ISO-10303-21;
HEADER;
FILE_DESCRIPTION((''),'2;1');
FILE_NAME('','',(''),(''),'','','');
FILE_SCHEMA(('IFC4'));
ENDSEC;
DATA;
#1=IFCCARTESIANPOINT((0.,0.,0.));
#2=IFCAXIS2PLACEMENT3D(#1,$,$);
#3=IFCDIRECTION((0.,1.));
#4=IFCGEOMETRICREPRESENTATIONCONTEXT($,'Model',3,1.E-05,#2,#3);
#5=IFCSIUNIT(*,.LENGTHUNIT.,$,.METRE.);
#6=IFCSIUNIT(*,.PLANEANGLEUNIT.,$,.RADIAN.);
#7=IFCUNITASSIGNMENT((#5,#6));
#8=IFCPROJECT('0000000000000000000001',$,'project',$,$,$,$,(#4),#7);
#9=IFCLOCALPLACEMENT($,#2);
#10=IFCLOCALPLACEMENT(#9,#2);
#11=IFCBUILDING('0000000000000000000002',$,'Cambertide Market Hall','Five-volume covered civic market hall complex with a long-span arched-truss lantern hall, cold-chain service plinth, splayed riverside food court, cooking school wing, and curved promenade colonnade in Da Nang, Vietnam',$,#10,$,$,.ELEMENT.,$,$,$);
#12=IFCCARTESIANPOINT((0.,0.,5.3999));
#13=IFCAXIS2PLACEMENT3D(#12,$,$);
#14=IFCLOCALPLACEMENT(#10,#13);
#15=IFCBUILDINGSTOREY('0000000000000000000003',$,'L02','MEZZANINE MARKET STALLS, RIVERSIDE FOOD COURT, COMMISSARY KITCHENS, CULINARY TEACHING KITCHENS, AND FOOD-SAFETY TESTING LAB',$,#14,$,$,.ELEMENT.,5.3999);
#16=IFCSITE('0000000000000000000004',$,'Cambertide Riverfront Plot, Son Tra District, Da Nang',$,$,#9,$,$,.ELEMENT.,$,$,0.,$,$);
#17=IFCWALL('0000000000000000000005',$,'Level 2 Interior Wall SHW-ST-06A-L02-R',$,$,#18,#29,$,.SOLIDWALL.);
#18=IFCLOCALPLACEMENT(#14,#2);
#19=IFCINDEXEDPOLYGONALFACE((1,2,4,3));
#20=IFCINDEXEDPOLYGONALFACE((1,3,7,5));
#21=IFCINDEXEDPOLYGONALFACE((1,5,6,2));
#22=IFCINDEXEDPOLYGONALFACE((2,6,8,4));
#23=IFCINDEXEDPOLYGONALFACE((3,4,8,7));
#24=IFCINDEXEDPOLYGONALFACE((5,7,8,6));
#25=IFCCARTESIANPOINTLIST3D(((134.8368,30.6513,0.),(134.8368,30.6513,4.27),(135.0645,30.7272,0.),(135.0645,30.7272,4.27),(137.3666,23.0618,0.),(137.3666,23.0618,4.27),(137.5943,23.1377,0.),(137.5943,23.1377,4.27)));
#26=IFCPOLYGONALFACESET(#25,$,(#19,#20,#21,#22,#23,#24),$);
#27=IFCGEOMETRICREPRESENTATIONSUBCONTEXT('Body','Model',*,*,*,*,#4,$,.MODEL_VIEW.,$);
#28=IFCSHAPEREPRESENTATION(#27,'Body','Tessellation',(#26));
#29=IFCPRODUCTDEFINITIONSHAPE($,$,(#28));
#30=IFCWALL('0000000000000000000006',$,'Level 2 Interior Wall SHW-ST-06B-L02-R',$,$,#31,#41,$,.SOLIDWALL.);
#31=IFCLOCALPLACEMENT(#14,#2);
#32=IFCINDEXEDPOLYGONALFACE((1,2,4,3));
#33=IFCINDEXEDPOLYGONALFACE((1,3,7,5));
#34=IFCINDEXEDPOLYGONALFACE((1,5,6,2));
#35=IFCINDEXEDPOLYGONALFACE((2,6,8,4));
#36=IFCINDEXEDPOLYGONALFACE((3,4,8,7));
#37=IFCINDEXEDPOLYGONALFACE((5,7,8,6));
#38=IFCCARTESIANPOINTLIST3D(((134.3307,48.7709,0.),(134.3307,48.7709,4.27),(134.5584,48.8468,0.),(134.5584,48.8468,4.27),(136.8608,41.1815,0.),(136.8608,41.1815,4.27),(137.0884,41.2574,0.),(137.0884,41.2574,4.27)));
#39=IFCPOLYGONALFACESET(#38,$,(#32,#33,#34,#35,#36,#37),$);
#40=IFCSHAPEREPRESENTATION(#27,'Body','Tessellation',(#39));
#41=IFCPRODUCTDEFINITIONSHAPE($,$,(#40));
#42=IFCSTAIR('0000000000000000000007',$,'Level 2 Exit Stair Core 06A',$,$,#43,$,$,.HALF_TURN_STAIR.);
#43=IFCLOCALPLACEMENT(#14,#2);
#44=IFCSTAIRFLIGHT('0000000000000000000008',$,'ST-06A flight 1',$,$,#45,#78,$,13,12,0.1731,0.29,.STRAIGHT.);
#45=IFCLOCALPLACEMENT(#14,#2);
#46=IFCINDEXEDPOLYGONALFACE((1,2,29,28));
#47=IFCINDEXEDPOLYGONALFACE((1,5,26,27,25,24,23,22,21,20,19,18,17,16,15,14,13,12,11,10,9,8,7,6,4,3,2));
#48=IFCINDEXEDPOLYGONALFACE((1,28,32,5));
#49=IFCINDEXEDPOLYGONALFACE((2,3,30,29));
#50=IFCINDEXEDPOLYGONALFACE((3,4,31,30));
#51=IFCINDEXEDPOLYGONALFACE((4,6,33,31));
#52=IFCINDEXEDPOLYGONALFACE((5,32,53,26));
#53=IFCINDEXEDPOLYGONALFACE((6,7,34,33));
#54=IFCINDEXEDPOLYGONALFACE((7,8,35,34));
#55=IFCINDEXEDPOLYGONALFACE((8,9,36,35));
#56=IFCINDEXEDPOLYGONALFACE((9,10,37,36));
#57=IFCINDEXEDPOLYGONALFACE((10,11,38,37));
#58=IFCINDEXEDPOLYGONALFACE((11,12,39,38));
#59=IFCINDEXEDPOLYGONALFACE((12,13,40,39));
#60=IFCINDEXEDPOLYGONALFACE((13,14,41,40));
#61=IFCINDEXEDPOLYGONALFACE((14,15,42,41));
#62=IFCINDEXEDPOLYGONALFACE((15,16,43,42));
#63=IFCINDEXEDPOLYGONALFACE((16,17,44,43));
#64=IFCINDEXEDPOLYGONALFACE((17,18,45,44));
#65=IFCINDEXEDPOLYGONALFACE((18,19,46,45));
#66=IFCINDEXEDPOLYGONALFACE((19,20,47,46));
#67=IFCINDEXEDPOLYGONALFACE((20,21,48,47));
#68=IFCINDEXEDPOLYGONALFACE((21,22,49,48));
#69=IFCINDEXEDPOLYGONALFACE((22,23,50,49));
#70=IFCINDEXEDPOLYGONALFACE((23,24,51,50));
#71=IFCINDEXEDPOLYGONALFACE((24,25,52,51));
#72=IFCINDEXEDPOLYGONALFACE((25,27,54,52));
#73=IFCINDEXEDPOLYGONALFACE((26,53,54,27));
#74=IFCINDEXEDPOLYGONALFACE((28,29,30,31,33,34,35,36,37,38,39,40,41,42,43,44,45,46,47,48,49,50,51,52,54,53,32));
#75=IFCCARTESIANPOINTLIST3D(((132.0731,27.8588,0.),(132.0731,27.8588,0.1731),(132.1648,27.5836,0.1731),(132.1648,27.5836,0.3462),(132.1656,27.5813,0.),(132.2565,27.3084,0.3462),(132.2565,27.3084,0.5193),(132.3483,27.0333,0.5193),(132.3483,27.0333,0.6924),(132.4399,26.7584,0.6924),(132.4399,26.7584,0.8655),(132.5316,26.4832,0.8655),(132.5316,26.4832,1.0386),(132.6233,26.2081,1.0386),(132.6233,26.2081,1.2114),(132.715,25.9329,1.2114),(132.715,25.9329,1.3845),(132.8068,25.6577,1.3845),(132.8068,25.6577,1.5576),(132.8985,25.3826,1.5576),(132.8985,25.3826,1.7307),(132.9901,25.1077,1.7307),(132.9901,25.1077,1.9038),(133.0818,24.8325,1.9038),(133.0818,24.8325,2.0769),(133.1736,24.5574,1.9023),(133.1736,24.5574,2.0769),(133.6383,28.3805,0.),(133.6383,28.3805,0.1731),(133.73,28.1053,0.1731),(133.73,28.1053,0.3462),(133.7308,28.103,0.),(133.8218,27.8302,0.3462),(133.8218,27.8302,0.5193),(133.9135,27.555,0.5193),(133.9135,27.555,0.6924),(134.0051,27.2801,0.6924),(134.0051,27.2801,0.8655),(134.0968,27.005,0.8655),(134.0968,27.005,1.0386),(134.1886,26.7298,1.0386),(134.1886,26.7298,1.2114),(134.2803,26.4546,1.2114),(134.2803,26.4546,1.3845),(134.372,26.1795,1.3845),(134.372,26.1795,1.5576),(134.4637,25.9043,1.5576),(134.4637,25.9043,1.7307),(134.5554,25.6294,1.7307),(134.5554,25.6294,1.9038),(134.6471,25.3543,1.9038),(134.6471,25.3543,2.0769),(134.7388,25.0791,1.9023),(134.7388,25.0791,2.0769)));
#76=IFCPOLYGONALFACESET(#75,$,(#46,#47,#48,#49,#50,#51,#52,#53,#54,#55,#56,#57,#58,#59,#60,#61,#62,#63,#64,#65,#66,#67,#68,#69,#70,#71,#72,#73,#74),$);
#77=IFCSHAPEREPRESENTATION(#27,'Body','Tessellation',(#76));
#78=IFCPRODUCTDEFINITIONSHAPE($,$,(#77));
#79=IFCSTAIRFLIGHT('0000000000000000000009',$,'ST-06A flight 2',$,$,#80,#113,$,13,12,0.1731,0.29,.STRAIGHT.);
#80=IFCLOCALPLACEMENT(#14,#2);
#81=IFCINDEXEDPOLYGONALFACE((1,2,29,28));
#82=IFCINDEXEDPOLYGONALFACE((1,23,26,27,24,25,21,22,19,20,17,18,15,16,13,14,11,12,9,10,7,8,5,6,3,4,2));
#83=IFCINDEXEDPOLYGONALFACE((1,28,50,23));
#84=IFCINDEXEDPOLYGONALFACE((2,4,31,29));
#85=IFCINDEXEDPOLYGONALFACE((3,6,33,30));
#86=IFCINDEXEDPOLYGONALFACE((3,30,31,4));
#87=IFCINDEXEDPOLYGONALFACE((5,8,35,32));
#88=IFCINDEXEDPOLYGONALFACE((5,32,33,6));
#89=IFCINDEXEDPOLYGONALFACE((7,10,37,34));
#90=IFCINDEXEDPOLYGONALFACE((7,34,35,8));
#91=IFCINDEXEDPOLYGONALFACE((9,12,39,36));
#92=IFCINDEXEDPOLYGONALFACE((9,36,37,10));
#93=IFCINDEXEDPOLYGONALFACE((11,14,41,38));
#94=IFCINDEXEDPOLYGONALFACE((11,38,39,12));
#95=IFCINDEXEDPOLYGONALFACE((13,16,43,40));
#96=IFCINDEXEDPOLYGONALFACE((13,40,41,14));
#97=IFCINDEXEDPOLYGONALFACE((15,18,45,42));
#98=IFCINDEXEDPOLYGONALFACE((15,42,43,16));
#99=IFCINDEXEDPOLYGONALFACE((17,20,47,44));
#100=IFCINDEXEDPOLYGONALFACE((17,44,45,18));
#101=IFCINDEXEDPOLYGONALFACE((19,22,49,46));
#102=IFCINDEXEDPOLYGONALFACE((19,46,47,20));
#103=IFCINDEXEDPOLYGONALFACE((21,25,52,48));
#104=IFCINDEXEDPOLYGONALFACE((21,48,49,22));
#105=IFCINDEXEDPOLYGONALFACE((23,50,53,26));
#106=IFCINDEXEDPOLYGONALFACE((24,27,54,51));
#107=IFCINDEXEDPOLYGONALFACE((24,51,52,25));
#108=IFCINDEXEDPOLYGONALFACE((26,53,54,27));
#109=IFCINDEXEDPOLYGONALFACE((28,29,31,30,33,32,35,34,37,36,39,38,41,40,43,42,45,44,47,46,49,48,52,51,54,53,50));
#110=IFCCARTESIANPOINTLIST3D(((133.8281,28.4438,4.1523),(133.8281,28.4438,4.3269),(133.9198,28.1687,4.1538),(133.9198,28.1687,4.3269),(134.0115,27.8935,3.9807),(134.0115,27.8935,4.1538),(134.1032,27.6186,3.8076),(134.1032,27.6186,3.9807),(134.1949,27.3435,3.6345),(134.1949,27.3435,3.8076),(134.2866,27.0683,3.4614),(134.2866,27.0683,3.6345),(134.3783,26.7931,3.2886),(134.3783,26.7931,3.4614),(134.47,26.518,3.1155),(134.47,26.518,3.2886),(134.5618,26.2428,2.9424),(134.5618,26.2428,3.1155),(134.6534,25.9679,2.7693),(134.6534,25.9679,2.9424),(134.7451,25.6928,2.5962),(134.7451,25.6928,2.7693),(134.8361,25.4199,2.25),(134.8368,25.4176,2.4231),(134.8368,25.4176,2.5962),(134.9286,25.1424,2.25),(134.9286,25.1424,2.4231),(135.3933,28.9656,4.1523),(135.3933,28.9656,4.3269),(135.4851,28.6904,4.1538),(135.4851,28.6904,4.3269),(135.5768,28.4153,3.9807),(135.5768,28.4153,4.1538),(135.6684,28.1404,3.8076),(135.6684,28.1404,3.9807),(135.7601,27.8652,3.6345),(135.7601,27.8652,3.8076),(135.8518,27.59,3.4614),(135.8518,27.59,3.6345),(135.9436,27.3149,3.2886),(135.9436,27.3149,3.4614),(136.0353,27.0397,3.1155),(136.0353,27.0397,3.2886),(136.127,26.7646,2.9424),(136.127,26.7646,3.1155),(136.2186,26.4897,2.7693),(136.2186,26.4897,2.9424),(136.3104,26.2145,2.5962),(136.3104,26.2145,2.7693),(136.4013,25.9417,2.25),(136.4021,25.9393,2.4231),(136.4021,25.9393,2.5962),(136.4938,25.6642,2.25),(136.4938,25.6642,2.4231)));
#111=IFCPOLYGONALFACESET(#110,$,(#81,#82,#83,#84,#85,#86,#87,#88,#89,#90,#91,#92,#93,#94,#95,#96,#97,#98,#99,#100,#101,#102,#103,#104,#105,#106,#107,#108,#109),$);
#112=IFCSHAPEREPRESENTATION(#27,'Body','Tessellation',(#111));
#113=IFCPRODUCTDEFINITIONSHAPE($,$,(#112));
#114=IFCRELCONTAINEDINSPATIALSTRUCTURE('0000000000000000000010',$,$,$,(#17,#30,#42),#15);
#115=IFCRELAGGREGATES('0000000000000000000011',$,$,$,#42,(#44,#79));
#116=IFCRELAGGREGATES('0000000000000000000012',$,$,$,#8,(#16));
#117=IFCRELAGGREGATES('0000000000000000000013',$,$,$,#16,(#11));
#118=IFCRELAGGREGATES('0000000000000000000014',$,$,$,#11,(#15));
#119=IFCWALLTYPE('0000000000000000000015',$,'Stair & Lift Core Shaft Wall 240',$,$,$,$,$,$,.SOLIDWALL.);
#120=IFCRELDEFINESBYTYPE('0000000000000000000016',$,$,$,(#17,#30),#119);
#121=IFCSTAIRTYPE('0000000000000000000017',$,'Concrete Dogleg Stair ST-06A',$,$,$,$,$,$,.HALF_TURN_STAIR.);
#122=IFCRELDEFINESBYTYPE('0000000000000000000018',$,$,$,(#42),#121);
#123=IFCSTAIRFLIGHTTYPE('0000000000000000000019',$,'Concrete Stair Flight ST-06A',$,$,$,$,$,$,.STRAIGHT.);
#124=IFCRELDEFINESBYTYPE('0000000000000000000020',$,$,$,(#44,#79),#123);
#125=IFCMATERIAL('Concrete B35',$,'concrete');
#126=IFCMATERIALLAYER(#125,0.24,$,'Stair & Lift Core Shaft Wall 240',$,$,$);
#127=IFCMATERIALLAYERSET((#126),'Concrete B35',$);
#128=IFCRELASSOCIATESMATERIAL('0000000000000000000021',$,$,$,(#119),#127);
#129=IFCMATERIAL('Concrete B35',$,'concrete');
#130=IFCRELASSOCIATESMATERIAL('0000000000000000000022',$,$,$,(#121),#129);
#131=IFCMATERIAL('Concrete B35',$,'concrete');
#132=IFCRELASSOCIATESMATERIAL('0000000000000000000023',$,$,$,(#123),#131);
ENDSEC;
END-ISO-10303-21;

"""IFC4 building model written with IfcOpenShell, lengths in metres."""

from ifc_helpers import new_model, si_unit, direction, frame, frame_2d, origin, place, context, subcontext, project, spatial, polyline, rectangle, outline, extrude, material, layer, layer_set, type_object, element, aggregate, save


model = new_model("IFC4")

# Units and contexts
model_context = context("Model", 3, precision=1e-05, world=origin(), true_north=direction((0.0, 1.0)))
body_context = subcontext(model_context, "Body", "Model", "MODEL_VIEW")
ifc_project = project(units=[si_unit("LENGTHUNIT", "METRE"), si_unit("PLANEANGLEUNIT", "RADIAN")], contexts=[model_context])

# Site, building, storey
site_placement = place(None, origin())
site = spatial("IfcSite", under=ifc_project, at=site_placement, Name="Cambertide Riverfront Plot, Son Tra District, Da Nang", CompositionType="ELEMENT", RefElevation=0.0)
building_placement = place(site_placement, origin())
building = spatial("IfcBuilding", under=site, at=building_placement, Name="Cambertide Market Hall", Description="Five-volume covered civic market hall complex with a long-span arched-truss lantern hall, cold-chain service plinth, splayed riverside food court, cooking school wing, and curved promenade colonnade in Da Nang, Vietnam", CompositionType="ELEMENT")
storey_placement = place(building_placement, frame((0.0, 0.0, 5.3999)))
storey = spatial("IfcBuildingStorey", under=building, at=storey_placement, Name="L02", Description="MEZZANINE MARKET STALLS, RIVERSIDE FOOD COURT, COMMISSARY KITCHENS, CULINARY TEACHING KITCHENS, AND FOOD-SAFETY TESTING LAB", CompositionType="ELEMENT", Elevation=5.3999)

# Walls
ifc_material_1 = material(Name="Concrete B35", Category="concrete")
ifc_layer_1 = layer(ifc_material_1, 0.24, Name="Stair & Lift Core Shaft Wall 240")
ifc_layer_set_1 = layer_set([ifc_layer_1], Name="Concrete B35")
wall_type = type_object("IfcWallType", Name="Stair & Lift Core Shaft Wall 240", PredefinedType="SOLIDWALL", material=ifc_layer_set_1)
for number, where, z_axis, x_axis, name in (
    (1, (134.9507, 30.6892, 0.0), (0.0, 0.0, 1.0), (0.316219, -0.948686, 0.0), "Level 2 Interior Wall SHW-ST-06A-L02-R"),
    (2, (136.9746, 41.2195, 0.0), (0.0, 0.0, 1.0), (-0.316255, 0.948674, 0.0), "Level 2 Interior Wall SHW-ST-06B-L02-R"),
):
    element("IfcWall", number, at=place(storey_placement, frame(where, z_axis=z_axis, x_axis=x_axis)), inside=storey, type_object=wall_type, Name=name, PredefinedType="SOLIDWALL", context=body_context, shape_type="SweptSolid", body=[
        extrude(rectangle(XDim=8.0, YDim=0.24, at=frame_2d((4.0, 0.0))), origin(), (0.0, 0.0, 1.0), 4.27),
    ])

# Stair, stair flights
ifc_material_2 = material(Name="Concrete B35", Category="concrete")
stair_type = type_object("IfcStairType", Name="Concrete Dogleg Stair ST-06A", PredefinedType="HALF_TURN_STAIR", material=ifc_material_2)
stair_placement = place(storey_placement, origin())
stair = element("IfcStair", 3, at=stair_placement, inside=storey, type_object=stair_type, Name="Level 2 Exit Stair Core 06A", PredefinedType="HALF_TURN_STAIR")
ifc_material_3 = material(Name="Concrete B35", Category="concrete")
stair_flight_type = type_object("IfcStairFlightType", Name="Concrete Stair Flight ST-06A", PredefinedType="STRAIGHT", material=ifc_material_3)
stair_flight_1_placement = place(storey_placement, frame((132.8557, 28.1196, 0.0), z_axis=(0.0, 0.0, 1.0), x_axis=(0.316228, -0.948683, 0.0)))
stair_flight_1 = element("IfcStairFlight", 4, at=stair_flight_1_placement, type_object=stair_flight_type, Name="ST-06A flight 1", NumberOfRisers=13, NumberOfTreads=12, PredefinedType="STRAIGHT", RiserHeight=0.1731, TreadLength=0.29, context=body_context, shape_type="SweptSolid", body=[
    extrude(outline(polyline([(0.0, 0.0), (0.0, 0.1731), (0.29, 0.1731), (0.29, 0.3462), (0.5801, 0.3462), (0.5801, 0.5193), (0.8701, 0.5193), (0.8701, 0.6924), (1.1599, 0.6924), (1.1599, 0.8655), (1.45, 0.8655), (1.45, 1.0386), (1.74, 1.0386), (1.74, 1.2114), (2.03, 1.2114), (2.03, 1.3845), (2.3201, 1.3845), (2.3201, 1.5576), (2.6101, 1.5576), (2.6101, 1.7307), (2.8999, 1.7307), (2.8999, 1.9038), (3.1899, 1.9038), (3.1899, 2.0769), (3.48, 2.0769), (3.48, 2.25), (3.48, 1.9023), (0.2925, 0.0), (0.0, 0.0)])), frame((0.0, 0.825, 0.0), z_axis=(0.0, -1.0, 0.0), x_axis=(1.0, 0.0, 0.0)), (0.0, 0.0, 1.0), 1.6499),
])
stair_flight_2_placement = place(storey_placement, frame((135.7112, 25.4033, 2.25), z_axis=(0.0, 0.0, 1.0), x_axis=(-0.316228, 0.948683, 0.0)))
stair_flight_2 = element("IfcStairFlight", 5, at=stair_flight_2_placement, type_object=stair_flight_type, Name="ST-06A flight 2", NumberOfRisers=13, NumberOfTreads=12, PredefinedType="STRAIGHT", RiserHeight=0.1731, TreadLength=0.29, context=body_context, shape_type="SweptSolid", body=[
    extrude(outline(polyline([(0.0, 0.0), (0.0, 0.1731), (0.29, 0.1731), (0.29, 0.3462), (0.5801, 0.3462), (0.5801, 0.5193), (0.8701, 0.5193), (0.8701, 0.6924), (1.1599, 0.6924), (1.1599, 0.8655), (1.45, 0.8655), (1.45, 1.0386), (1.74, 1.0386), (1.74, 1.2114), (2.03, 1.2114), (2.03, 1.3845), (2.3201, 1.3845), (2.3201, 1.5576), (2.6101, 1.5576), (2.6101, 1.7307), (2.8999, 1.7307), (2.8999, 1.9038), (3.1899, 1.9038), (3.1899, 2.0769), (3.48, 2.0769), (3.48, 2.25), (3.48, 1.9023), (0.2925, 0.0), (0.0, 0.0)])), frame((0.0, 0.825, 0.0), z_axis=(0.0, -1.0, 0.0), x_axis=(1.0, 0.0, 0.0)), (0.0, 0.0, 1.0), 1.6499),
])
aggregate(stair, [stair_flight_1, stair_flight_2])

save(model, "model.ifc")
